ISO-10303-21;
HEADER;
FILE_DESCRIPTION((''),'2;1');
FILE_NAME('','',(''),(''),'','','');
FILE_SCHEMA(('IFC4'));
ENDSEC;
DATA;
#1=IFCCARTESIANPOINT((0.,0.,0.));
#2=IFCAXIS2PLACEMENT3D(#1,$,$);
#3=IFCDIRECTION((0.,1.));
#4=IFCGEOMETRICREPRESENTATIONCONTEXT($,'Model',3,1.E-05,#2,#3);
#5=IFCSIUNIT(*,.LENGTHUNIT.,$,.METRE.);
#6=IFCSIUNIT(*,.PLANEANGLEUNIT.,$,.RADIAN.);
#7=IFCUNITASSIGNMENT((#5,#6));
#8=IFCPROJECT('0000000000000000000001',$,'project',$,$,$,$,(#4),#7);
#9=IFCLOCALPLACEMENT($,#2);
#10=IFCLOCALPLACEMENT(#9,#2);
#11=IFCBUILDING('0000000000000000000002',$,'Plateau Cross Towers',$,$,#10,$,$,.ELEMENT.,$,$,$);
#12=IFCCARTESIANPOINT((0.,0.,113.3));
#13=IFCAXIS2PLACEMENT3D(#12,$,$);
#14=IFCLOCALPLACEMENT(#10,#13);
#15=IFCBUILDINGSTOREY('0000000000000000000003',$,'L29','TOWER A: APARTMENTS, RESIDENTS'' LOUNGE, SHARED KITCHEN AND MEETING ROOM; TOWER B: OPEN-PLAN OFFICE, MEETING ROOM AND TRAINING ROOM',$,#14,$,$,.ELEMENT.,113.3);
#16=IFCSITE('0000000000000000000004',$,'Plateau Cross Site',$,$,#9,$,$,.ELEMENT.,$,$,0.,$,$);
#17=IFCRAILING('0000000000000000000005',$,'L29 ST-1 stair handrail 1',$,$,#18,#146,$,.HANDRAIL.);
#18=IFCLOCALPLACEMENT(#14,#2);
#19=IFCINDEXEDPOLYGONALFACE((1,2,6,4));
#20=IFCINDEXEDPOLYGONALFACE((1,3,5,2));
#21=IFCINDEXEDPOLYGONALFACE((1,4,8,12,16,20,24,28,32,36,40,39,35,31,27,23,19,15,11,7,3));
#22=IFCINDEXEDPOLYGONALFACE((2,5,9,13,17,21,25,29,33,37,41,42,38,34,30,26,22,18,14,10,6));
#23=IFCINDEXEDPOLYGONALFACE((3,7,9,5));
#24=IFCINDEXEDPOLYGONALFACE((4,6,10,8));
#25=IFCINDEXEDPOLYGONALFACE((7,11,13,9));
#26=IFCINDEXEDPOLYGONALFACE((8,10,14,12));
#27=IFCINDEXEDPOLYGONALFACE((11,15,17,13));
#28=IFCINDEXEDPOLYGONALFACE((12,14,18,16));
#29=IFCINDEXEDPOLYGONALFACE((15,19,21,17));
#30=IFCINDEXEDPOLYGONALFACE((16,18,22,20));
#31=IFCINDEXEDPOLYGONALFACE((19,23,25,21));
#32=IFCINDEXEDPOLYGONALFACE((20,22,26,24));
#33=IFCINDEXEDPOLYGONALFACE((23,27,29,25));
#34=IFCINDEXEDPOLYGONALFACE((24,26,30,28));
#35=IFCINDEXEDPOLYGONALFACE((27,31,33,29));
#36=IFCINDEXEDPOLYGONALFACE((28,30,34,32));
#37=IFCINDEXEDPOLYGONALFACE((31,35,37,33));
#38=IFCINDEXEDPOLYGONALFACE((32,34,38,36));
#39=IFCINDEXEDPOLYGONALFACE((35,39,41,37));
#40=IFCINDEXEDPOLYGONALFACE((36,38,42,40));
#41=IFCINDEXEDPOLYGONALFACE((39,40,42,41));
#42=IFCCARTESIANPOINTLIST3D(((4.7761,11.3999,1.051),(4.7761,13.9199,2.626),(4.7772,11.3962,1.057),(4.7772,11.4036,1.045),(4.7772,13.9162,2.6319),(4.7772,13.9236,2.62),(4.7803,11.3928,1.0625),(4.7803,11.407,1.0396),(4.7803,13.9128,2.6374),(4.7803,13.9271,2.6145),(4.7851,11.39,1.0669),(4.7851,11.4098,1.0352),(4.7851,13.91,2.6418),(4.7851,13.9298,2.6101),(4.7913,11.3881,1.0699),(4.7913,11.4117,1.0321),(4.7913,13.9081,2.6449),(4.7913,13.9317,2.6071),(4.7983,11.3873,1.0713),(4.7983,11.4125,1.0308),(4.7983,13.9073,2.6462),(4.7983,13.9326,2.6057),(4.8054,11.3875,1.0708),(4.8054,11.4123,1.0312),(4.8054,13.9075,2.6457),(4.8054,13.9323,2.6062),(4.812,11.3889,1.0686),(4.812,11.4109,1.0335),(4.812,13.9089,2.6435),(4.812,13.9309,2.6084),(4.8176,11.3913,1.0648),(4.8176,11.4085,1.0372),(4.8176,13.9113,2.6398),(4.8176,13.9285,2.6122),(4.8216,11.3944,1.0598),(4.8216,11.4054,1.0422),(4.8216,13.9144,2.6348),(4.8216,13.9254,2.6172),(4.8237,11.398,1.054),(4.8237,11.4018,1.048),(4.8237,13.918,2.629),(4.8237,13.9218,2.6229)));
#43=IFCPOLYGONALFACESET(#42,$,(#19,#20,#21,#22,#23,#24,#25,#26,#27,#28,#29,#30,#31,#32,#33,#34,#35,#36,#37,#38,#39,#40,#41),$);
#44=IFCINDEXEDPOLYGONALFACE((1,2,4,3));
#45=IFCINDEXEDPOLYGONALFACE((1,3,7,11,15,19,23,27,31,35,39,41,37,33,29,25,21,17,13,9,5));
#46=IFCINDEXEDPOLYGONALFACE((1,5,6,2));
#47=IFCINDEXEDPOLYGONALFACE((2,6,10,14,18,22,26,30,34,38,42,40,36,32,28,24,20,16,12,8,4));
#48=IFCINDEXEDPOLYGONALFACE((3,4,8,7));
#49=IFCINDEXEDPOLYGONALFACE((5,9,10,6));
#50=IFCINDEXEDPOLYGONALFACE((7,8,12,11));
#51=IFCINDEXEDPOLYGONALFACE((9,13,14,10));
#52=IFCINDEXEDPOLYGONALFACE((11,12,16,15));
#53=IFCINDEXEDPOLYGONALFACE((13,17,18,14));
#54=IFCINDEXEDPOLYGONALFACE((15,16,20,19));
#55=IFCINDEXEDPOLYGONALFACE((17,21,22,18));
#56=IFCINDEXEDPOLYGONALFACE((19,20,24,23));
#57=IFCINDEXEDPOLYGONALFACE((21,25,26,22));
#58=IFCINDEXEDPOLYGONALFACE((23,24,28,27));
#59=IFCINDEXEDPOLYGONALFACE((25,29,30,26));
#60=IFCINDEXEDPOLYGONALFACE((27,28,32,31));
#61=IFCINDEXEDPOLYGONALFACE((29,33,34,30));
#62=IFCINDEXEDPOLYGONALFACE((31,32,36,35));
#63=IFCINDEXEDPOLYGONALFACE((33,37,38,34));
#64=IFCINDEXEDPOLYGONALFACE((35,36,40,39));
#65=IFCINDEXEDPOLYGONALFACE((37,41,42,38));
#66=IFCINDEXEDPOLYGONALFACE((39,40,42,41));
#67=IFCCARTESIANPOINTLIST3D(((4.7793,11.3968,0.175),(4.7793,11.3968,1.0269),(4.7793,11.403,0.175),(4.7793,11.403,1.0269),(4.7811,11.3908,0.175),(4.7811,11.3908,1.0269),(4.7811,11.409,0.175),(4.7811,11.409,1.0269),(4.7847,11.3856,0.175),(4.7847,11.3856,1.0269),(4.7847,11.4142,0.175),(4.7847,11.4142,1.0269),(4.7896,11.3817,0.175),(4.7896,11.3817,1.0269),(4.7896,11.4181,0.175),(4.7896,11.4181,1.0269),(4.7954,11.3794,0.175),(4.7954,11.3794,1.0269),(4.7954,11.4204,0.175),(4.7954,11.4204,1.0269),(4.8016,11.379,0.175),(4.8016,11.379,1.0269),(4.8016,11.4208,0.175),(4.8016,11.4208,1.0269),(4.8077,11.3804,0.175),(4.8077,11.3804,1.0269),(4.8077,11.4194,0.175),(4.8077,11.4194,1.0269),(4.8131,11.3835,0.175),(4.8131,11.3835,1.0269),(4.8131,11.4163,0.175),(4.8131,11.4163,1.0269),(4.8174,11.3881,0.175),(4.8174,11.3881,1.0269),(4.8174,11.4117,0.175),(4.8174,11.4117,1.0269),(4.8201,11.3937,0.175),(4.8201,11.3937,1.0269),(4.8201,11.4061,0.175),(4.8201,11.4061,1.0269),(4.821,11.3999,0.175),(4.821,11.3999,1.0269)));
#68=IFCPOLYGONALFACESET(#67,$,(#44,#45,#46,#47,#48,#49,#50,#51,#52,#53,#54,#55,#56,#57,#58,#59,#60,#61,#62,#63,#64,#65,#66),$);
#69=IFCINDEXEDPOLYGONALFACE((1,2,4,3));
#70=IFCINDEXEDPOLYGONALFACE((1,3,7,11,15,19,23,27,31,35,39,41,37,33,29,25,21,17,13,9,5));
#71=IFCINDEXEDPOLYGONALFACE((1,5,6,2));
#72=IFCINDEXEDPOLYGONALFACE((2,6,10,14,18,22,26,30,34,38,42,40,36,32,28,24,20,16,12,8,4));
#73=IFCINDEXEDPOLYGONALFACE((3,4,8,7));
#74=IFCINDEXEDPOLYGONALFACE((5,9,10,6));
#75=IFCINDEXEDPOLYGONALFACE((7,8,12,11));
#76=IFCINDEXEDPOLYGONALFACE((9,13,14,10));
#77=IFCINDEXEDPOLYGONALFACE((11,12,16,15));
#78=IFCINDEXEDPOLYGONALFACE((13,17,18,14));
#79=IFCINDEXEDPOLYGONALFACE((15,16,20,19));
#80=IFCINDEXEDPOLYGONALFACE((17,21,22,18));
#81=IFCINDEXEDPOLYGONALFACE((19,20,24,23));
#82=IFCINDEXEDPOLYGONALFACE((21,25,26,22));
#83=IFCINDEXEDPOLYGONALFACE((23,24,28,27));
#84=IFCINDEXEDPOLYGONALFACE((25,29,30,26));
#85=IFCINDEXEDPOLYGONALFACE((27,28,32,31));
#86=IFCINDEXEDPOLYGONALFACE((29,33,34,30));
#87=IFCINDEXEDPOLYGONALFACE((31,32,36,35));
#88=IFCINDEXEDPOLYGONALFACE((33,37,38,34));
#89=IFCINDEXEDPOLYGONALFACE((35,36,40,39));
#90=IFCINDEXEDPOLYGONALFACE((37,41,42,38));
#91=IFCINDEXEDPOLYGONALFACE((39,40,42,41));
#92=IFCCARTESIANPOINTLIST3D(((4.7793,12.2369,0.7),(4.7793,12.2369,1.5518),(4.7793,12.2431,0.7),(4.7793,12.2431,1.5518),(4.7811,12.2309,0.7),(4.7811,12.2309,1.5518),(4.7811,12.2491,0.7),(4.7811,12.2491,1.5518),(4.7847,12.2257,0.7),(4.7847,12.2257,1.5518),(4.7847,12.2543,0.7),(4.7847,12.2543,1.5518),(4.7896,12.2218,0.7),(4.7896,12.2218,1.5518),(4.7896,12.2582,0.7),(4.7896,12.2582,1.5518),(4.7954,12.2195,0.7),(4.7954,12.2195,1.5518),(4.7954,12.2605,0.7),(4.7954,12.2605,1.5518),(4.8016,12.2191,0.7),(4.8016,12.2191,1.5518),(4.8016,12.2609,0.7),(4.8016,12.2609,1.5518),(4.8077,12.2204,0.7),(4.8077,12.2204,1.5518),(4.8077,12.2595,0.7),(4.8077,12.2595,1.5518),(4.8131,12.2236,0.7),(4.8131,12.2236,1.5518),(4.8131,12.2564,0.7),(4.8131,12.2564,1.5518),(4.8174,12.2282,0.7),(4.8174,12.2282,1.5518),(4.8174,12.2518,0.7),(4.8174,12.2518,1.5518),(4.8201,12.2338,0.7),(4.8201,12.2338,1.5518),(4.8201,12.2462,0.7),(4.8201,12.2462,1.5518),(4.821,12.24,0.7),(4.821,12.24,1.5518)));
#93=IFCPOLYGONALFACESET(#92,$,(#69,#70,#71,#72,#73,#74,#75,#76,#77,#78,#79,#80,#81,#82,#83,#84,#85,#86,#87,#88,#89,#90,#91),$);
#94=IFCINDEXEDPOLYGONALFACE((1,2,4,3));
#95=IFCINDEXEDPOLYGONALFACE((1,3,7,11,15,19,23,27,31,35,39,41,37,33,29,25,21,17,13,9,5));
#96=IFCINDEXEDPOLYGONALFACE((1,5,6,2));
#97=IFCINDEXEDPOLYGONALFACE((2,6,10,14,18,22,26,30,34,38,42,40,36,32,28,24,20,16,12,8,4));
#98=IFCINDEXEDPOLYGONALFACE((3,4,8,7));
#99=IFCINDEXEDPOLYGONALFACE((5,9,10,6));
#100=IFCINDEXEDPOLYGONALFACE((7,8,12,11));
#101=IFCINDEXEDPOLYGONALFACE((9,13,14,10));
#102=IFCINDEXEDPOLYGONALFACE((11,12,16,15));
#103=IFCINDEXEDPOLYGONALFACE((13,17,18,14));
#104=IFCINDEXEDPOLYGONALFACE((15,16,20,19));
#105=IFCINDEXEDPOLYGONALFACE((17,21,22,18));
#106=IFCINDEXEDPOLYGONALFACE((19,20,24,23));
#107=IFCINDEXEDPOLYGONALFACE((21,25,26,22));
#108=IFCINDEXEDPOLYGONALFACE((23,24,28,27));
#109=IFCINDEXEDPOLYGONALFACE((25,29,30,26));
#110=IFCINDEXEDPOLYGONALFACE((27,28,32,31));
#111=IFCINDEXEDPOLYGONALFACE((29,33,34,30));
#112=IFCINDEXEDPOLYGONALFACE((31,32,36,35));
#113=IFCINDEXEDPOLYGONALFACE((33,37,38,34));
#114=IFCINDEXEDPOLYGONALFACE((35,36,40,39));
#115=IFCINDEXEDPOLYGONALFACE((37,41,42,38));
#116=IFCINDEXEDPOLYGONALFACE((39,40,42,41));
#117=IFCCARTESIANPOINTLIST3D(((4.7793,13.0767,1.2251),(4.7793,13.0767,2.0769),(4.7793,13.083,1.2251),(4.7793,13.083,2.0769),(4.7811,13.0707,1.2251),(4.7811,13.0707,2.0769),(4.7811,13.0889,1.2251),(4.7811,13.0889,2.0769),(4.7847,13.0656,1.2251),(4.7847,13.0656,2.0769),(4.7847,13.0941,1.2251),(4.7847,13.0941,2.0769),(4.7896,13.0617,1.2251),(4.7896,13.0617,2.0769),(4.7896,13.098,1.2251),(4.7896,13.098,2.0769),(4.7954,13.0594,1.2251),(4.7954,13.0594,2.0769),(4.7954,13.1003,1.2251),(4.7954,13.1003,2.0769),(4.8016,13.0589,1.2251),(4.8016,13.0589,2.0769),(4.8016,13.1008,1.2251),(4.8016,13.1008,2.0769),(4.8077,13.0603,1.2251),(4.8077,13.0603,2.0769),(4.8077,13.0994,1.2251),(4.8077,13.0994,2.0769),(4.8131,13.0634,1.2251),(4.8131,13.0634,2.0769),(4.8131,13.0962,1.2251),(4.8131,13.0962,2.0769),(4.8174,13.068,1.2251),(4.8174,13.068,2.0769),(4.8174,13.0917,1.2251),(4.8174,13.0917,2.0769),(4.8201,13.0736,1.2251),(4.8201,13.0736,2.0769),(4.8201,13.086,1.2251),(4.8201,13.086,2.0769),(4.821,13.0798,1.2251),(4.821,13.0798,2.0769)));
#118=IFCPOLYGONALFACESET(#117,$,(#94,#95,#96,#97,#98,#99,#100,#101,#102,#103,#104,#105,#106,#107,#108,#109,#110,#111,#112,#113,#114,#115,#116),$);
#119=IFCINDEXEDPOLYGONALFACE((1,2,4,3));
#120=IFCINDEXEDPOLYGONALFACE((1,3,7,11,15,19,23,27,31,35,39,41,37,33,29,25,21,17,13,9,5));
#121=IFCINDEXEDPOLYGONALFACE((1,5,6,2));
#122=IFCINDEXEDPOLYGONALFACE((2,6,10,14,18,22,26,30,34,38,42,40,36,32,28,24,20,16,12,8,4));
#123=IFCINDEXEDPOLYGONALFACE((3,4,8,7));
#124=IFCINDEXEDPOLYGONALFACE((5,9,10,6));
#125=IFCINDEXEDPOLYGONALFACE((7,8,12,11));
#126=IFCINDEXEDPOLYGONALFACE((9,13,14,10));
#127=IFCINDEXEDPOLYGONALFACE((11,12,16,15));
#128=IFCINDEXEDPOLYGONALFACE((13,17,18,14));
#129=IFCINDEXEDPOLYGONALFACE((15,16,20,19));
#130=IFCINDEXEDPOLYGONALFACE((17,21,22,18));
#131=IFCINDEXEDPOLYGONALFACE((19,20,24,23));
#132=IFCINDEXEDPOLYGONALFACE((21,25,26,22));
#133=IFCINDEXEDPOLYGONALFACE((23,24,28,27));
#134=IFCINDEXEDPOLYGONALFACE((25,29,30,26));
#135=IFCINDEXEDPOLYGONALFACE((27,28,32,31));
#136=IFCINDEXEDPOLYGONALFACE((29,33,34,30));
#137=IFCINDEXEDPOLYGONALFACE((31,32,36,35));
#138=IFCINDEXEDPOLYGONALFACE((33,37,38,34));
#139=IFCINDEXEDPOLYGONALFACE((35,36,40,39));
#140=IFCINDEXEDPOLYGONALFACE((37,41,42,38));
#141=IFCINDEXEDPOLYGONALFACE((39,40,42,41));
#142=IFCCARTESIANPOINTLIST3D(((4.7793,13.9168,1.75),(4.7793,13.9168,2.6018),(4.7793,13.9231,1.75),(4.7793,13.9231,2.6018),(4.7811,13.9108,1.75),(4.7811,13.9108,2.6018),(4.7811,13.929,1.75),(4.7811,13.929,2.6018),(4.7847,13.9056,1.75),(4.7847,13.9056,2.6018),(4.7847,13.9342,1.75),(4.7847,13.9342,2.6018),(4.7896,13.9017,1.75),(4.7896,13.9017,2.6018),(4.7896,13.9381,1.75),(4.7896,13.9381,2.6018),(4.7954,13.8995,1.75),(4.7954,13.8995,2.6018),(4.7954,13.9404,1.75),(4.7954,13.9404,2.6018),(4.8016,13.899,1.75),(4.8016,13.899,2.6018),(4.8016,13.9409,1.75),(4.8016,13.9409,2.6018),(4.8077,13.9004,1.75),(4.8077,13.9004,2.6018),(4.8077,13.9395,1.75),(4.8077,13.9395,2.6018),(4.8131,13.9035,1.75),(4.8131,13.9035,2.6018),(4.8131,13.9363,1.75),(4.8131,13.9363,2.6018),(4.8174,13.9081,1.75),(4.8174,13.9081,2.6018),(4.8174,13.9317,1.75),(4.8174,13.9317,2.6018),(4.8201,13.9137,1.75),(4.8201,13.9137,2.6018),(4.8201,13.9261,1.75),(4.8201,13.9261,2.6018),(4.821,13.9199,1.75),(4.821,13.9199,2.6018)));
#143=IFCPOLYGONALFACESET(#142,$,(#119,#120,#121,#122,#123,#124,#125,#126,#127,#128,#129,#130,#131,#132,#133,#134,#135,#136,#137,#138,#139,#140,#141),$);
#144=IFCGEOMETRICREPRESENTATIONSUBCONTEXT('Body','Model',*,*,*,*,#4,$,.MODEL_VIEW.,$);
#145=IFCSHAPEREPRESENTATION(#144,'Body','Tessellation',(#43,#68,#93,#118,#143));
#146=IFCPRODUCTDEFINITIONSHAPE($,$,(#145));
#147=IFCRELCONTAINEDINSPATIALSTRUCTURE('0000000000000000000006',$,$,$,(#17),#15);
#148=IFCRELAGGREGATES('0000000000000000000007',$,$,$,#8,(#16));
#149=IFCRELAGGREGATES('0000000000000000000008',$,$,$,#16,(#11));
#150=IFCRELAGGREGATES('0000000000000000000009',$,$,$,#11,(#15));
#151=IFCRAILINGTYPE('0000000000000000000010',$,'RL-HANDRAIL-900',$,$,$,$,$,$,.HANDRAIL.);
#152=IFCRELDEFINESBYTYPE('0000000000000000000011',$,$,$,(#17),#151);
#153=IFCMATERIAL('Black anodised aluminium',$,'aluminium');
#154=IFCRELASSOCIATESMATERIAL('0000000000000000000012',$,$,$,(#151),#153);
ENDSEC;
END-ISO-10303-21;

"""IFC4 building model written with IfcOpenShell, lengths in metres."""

from ifc_helpers import new_model, si_unit, direction, frame, origin, origin_2d, place, context, subcontext, project, spatial, circle, extrude, material, type_object, element, save


model = new_model("IFC4")

# Units and contexts
model_context = context("Model", 3, precision=1e-05, world=origin(), true_north=direction((0.0, 1.0)))
body_context = subcontext(model_context, "Body", "Model", "MODEL_VIEW")
ifc_project = project(units=[si_unit("LENGTHUNIT", "METRE"), si_unit("PLANEANGLEUNIT", "RADIAN")], contexts=[model_context])

# Site, building, storey
site_placement = place(None, origin())
site = spatial("IfcSite", under=ifc_project, at=site_placement, Name="Plateau Cross Site", CompositionType="ELEMENT", RefElevation=0.0)
building_placement = place(site_placement, origin())
building = spatial("IfcBuilding", under=site, at=building_placement, Name="Plateau Cross Towers", CompositionType="ELEMENT")
storey_placement = place(building_placement, frame((0.0, 0.0, 113.3)))
storey = spatial("IfcBuildingStorey", under=building, at=storey_placement, Name="L29", Description="TOWER A: APARTMENTS, RESIDENTS' LOUNGE, SHARED KITCHEN AND MEETING ROOM; TOWER B: OPEN-PLAN OFFICE, MEETING ROOM AND TRAINING ROOM", CompositionType="ELEMENT", Elevation=113.3)

# Shared definitions
ifc_material_1 = material(Name="Black anodised aluminium", Category="aluminium")

# Railing
railing_type_1 = type_object("IfcRailingType", Name="RL-HANDRAIL-900", PredefinedType="HANDRAIL", material=ifc_material_1)
railing_1_placement = place(storey_placement, frame((4.8, 11.3999, 0.175)))
element("IfcRailing", 1, at=railing_1_placement, inside=storey, type_object=railing_type_1, Name="L29 ST-1 stair handrail 1", PredefinedType="HANDRAIL", context=body_context, shape_type="SweptSolid", body=[
    extrude(circle(Radius=0.0239, at=origin_2d()), frame((0.0, 0.0, 0.876), z_axis=(0.0, 0.848008, 0.529984), x_axis=(-1.0, 0.0, 0.0)), (0.0, 0.0, 1.0), 2.9717),
    extrude(circle(Radius=0.021, at=origin_2d()), origin(), (0.0, 0.0, 1.0), 0.8518),
    extrude(circle(Radius=0.021, at=origin_2d()), frame((0.0, 0.8401, 0.5249)), (0.0, 0.0, 1.0), 0.8518),
    extrude(circle(Radius=0.021, at=origin_2d()), frame((0.0, 1.6799, 1.05)), (0.0, 0.0, 1.0), 0.8518),
    extrude(circle(Radius=0.021, at=origin_2d()), frame((0.0, 2.52, 1.575)), (0.0, 0.0, 1.0), 0.8518),
])

save(model, "model.ifc")
